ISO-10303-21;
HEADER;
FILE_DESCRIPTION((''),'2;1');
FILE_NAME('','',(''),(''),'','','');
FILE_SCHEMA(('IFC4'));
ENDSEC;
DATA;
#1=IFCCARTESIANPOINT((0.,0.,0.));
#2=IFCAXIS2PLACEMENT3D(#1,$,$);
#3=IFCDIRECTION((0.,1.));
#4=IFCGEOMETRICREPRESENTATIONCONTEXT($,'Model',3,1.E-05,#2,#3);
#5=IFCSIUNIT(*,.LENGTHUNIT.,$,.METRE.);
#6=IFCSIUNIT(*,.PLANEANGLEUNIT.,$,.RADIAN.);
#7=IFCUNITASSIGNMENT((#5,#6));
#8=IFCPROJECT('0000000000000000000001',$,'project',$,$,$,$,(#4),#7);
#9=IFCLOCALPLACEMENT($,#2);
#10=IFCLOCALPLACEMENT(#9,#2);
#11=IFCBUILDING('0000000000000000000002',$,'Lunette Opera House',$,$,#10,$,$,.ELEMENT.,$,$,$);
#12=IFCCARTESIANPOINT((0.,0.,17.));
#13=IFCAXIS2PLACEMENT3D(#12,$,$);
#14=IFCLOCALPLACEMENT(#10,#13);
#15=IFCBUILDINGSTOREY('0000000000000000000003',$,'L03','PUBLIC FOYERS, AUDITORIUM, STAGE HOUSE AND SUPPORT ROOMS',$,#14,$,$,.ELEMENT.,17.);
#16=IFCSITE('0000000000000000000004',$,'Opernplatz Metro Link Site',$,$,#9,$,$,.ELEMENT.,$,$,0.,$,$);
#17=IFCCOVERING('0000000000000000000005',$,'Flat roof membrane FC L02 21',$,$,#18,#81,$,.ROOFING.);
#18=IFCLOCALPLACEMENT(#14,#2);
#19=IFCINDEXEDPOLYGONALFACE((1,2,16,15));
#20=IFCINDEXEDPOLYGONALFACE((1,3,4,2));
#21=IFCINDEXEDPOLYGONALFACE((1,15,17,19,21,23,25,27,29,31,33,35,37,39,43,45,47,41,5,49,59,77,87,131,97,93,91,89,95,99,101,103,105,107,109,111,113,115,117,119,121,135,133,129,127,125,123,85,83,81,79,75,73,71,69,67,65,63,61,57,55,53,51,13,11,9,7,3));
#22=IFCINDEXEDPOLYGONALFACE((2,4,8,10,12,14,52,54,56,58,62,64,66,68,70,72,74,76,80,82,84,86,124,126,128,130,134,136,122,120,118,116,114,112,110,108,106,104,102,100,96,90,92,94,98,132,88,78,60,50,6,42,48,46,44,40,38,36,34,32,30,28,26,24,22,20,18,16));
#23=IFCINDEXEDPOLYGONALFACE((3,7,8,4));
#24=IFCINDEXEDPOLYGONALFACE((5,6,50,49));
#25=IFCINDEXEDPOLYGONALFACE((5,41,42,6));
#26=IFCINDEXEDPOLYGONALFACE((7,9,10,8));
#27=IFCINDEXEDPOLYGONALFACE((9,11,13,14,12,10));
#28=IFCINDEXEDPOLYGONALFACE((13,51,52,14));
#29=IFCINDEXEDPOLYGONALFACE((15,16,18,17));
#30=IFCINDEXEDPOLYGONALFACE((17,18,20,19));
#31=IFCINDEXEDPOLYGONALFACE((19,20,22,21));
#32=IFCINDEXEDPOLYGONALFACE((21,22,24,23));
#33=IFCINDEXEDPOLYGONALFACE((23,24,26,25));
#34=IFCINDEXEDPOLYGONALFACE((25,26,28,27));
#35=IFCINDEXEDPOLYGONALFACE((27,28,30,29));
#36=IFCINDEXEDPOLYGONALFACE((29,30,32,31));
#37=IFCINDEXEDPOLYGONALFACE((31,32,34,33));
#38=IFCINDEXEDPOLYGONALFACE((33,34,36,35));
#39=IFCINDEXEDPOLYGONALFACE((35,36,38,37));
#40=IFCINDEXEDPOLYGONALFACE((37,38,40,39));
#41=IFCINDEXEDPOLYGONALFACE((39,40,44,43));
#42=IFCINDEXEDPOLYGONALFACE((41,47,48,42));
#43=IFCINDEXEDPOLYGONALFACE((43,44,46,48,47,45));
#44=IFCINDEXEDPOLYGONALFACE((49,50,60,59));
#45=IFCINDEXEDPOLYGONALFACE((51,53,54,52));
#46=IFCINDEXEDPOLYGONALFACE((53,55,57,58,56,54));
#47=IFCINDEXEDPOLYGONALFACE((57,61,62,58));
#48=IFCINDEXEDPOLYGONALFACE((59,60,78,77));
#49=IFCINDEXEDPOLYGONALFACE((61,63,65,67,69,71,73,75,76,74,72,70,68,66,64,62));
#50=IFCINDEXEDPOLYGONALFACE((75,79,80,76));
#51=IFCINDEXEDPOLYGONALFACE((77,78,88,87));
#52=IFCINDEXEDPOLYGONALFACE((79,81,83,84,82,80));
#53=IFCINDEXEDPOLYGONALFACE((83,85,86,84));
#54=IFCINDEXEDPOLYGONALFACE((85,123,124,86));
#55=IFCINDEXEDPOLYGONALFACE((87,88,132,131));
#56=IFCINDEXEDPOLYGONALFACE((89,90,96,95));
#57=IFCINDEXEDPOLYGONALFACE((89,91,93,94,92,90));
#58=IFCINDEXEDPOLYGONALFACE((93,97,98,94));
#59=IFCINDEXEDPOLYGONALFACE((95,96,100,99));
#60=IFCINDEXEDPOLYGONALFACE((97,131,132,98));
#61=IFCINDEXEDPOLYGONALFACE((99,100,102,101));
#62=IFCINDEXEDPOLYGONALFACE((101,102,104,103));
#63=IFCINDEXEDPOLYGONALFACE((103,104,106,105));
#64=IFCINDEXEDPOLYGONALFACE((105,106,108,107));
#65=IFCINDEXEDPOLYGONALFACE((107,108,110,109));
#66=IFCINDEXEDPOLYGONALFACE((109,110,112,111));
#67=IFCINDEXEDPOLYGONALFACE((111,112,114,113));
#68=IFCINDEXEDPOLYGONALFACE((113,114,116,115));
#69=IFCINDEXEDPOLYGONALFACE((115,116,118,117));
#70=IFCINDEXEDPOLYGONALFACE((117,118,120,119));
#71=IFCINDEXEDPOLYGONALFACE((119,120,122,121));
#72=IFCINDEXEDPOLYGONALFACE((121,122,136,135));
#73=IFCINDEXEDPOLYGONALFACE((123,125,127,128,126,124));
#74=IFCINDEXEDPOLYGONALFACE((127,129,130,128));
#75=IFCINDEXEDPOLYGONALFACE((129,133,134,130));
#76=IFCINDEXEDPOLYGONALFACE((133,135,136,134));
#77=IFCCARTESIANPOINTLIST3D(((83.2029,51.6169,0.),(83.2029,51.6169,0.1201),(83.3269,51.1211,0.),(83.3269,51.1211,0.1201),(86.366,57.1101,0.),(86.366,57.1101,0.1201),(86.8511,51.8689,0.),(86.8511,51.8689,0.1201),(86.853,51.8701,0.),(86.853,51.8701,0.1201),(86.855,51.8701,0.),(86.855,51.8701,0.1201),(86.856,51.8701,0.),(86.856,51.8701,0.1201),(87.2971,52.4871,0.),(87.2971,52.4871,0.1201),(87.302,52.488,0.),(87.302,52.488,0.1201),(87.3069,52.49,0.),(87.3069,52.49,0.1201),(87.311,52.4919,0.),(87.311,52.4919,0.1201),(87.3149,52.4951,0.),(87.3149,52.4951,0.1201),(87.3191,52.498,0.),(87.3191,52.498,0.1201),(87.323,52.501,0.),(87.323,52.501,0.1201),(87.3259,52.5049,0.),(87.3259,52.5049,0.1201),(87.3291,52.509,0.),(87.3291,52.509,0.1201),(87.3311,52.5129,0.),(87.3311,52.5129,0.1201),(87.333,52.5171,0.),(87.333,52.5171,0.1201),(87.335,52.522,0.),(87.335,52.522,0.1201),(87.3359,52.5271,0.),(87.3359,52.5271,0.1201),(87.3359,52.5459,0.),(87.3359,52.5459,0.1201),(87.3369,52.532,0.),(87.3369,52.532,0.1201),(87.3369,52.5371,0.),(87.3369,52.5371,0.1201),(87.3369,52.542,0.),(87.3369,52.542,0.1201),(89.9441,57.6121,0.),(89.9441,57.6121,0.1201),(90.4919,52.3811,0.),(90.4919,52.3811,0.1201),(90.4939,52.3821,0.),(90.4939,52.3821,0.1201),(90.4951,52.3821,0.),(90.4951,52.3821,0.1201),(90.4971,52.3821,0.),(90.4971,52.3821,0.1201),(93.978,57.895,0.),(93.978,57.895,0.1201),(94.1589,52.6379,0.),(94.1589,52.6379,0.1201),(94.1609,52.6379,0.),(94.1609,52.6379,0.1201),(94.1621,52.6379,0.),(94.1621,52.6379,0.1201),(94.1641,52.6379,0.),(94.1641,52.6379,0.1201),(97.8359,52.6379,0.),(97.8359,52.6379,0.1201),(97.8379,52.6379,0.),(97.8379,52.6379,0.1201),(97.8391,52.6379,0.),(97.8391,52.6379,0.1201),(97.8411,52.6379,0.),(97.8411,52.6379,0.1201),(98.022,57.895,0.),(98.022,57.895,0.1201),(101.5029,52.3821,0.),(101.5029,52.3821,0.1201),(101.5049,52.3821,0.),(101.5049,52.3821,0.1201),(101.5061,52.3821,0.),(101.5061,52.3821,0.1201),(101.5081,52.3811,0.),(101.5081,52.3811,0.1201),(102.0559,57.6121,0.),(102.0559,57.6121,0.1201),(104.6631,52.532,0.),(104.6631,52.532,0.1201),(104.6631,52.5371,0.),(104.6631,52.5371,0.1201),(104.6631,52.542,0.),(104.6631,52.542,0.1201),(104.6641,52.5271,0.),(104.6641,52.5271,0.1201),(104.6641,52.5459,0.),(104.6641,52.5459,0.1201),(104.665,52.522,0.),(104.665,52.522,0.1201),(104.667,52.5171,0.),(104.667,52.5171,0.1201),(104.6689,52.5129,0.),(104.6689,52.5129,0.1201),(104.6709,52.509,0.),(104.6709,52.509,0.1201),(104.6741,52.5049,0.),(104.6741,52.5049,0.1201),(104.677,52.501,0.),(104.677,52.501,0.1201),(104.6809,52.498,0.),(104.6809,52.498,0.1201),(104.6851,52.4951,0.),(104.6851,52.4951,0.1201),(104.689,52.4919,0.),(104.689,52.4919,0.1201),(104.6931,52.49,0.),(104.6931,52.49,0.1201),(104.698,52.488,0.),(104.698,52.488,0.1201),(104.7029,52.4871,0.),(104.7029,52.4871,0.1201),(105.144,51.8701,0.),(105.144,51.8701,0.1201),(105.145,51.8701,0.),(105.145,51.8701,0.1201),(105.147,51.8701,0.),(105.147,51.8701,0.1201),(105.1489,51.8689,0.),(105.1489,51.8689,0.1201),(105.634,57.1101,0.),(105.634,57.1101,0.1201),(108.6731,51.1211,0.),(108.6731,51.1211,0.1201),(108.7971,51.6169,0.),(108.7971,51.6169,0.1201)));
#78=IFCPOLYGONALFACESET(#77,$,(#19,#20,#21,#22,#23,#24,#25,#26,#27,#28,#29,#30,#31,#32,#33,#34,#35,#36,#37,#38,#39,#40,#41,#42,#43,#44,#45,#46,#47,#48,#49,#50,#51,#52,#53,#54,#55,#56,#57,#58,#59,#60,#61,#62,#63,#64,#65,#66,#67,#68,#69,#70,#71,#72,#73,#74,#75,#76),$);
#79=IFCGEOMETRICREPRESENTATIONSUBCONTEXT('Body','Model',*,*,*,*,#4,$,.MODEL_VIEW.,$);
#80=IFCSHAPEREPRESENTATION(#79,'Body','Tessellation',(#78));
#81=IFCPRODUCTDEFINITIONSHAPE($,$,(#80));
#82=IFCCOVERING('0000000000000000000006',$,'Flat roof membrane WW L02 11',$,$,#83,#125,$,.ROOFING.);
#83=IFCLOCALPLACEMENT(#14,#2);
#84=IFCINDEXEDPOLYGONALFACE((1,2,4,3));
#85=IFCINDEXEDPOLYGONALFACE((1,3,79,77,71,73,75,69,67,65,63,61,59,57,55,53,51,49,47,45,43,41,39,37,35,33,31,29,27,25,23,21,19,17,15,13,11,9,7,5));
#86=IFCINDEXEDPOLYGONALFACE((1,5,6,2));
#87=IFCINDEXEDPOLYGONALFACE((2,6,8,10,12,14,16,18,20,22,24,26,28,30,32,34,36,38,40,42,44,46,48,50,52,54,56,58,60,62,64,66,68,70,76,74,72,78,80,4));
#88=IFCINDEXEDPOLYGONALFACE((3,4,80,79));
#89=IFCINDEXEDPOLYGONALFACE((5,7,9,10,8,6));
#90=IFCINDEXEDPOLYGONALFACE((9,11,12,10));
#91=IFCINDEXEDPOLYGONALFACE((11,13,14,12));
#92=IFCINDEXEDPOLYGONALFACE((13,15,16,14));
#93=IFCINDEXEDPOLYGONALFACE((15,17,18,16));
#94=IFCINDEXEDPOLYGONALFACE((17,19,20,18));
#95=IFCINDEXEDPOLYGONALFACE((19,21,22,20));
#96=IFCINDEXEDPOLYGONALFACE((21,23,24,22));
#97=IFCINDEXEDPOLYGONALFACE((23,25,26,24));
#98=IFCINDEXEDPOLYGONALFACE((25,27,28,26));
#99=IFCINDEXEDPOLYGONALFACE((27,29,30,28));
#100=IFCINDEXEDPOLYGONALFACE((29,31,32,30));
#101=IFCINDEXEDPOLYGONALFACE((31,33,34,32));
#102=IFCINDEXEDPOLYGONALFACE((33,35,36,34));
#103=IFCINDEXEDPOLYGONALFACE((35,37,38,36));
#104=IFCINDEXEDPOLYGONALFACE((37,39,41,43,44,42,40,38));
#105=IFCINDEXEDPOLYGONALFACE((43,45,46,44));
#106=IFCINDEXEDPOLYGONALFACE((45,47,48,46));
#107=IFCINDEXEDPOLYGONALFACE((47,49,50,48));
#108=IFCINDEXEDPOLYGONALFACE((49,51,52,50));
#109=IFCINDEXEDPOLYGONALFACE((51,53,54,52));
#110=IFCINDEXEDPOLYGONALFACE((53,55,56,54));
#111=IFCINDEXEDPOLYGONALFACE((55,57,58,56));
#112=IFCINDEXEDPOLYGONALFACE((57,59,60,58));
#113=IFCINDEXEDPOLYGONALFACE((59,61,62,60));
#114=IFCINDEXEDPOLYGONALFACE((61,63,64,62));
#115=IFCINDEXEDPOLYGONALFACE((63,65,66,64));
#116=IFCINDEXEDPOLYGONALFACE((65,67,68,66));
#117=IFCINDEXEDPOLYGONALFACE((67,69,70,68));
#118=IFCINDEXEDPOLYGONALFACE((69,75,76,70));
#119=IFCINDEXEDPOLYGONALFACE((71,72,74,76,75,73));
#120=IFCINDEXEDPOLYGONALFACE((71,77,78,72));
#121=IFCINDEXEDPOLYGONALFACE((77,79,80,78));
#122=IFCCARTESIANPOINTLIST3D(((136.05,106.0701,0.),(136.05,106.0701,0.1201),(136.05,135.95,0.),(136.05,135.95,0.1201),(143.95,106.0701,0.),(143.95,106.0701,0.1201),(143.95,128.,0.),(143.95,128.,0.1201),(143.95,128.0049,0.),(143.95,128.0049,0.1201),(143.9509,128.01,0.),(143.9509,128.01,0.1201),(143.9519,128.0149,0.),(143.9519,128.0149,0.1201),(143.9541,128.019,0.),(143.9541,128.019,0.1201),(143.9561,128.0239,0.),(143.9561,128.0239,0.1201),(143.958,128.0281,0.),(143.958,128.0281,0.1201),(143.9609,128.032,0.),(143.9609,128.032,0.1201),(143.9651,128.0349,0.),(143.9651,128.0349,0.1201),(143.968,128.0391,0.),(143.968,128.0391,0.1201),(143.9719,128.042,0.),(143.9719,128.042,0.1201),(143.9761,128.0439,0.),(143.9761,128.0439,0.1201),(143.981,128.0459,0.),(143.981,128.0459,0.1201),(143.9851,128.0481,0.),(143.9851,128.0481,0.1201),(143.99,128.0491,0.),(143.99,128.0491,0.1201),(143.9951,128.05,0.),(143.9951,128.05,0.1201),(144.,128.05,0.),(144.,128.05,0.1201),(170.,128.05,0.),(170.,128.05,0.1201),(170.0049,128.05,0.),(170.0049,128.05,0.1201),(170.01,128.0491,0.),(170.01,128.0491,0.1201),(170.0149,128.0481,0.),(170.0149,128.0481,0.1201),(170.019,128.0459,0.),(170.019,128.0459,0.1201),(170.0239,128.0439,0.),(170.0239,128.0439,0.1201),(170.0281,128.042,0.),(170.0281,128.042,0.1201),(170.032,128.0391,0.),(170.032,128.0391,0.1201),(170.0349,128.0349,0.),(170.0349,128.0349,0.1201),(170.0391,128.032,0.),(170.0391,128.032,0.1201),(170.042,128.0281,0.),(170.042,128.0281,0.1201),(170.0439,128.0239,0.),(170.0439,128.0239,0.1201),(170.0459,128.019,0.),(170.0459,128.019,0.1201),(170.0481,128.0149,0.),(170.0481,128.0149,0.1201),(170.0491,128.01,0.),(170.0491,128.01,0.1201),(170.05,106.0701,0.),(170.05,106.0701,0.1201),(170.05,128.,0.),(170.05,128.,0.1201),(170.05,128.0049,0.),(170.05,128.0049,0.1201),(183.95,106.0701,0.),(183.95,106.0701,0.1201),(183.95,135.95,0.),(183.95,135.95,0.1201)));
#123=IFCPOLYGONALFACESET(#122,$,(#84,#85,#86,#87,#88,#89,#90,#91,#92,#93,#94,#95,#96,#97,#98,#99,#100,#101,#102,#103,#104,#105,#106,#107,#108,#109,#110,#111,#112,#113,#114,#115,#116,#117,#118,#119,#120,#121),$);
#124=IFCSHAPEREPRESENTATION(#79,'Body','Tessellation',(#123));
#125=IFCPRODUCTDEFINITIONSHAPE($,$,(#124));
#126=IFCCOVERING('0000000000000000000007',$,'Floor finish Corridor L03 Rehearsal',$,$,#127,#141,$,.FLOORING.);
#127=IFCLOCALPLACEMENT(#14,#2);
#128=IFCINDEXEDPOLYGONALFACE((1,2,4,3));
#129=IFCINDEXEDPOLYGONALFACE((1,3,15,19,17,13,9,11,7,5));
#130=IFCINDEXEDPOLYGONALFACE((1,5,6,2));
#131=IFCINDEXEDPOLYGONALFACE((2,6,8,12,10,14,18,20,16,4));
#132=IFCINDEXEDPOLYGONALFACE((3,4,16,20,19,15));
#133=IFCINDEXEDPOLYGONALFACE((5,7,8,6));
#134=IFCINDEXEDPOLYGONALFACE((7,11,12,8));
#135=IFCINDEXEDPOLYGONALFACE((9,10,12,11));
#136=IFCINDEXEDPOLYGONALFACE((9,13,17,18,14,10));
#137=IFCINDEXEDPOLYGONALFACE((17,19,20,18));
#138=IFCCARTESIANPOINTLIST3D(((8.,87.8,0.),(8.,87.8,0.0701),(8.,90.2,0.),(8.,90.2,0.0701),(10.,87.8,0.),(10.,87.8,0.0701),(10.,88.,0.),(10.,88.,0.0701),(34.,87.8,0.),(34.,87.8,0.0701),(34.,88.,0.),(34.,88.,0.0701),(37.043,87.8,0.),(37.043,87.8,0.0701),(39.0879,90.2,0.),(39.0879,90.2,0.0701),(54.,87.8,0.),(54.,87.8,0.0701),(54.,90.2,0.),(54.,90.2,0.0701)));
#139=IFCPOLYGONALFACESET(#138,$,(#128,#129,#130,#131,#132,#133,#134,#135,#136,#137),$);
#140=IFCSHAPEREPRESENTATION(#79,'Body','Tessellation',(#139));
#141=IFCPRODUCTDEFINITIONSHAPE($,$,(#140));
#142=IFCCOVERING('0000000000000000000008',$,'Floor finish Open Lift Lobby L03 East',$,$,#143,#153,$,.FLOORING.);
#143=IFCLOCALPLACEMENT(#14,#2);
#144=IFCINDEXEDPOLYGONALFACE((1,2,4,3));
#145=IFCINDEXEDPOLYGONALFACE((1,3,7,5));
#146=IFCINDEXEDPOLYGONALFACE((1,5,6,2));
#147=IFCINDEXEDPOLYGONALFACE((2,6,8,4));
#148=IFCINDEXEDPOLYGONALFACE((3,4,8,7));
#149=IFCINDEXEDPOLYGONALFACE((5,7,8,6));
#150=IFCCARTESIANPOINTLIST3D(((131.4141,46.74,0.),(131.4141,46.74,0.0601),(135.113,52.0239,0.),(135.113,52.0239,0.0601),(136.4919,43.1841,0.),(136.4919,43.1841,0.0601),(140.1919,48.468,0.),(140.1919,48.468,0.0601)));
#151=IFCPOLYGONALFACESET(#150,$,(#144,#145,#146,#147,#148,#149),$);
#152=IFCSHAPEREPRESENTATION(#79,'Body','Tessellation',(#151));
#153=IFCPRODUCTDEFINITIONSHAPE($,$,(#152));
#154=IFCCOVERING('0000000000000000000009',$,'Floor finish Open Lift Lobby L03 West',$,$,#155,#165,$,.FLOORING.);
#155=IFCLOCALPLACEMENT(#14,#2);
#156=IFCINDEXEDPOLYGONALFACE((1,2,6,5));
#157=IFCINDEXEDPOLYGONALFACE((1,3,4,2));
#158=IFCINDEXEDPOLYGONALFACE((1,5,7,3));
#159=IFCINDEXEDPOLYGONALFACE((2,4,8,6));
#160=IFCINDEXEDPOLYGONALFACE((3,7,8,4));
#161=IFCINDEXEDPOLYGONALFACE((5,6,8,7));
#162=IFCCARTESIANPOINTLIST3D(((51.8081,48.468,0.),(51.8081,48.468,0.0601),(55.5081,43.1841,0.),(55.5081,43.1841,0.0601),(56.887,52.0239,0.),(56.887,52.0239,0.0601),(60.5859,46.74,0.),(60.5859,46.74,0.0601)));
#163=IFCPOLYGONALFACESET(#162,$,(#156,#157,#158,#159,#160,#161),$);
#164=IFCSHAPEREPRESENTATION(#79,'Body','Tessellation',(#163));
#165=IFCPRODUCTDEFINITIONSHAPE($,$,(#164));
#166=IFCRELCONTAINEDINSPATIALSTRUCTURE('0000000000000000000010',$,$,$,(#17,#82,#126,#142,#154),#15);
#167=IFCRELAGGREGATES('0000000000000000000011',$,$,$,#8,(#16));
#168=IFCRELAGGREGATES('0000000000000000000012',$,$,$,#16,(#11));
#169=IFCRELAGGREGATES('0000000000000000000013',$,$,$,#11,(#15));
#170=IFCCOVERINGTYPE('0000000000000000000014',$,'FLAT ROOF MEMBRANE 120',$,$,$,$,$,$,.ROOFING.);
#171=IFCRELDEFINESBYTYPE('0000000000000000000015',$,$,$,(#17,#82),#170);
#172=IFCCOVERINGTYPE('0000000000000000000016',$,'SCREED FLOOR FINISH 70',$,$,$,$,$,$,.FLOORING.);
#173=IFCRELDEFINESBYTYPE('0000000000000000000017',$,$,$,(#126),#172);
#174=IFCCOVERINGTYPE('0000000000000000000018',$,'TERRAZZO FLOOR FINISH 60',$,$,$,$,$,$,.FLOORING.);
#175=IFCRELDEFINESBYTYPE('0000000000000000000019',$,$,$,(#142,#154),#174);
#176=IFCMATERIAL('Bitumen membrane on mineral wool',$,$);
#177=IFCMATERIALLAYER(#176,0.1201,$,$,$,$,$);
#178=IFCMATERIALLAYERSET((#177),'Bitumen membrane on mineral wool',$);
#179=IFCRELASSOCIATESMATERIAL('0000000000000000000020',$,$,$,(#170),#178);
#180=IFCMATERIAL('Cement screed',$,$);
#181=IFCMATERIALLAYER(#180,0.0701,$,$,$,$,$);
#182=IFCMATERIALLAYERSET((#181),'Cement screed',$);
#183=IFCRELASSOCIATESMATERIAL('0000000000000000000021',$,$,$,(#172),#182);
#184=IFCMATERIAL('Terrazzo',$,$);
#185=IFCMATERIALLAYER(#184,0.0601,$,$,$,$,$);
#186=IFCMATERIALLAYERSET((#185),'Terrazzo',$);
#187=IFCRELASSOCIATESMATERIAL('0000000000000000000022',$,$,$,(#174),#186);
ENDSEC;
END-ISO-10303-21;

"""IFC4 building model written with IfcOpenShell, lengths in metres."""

from ifc_helpers import new_model, si_unit, direction, frame, origin, place, context, subcontext, project, spatial, polyline, outline, extrude, material, layer, layer_set, type_object, element, save


model = new_model("IFC4")

# Units and contexts
model_context = context("Model", 3, precision=1e-05, world=origin(), true_north=direction((0.0, 1.0)))
body_context = subcontext(model_context, "Body", "Model", "MODEL_VIEW")
ifc_project = project(units=[si_unit("LENGTHUNIT", "METRE"), si_unit("PLANEANGLEUNIT", "RADIAN")], contexts=[model_context])

# Site, building, storey
site_placement = place(None, origin())
site = spatial("IfcSite", under=ifc_project, at=site_placement, Name="Opernplatz Metro Link Site", CompositionType="ELEMENT", RefElevation=0.0)
building_placement = place(site_placement, origin())
building = spatial("IfcBuilding", under=site, at=building_placement, Name="Lunette Opera House", CompositionType="ELEMENT")
storey_placement = place(building_placement, frame((0.0, 0.0, 17.0)))
storey = spatial("IfcBuildingStorey", under=building, at=storey_placement, Name="L03", Description="PUBLIC FOYERS, AUDITORIUM, STAGE HOUSE AND SUPPORT ROOMS", CompositionType="ELEMENT", Elevation=17.0)

# Coverings
ifc_material_1 = material(Name="Bitumen membrane on mineral wool")
ifc_layer_1 = layer(ifc_material_1, 0.1201)
ifc_layer_set_1 = layer_set([ifc_layer_1], Name="Bitumen membrane on mineral wool")
covering_type_1 = type_object("IfcCoveringType", Name="FLAT ROOF MEMBRANE 120", PredefinedType="ROOFING", material=ifc_layer_set_1)
covering_1_placement = place(storey_placement, origin())
element("IfcCovering", 1, at=covering_1_placement, inside=storey, type_object=covering_type_1, Name="Flat roof membrane FC L02 21", PredefinedType="ROOFING", context=body_context, shape_type="SweptSolid", body=[
    extrude(outline(polyline([(108.7971, 51.6169), (108.6731, 51.1211), (105.1489, 51.8689), (105.147, 51.8701), (105.145, 51.8701), (105.144, 51.8701), (101.5081, 52.3811), (101.5061, 52.3821), (101.5049, 52.3821), (101.5029, 52.3821), (97.8411, 52.6379), (97.8391, 52.6379), (97.8379, 52.6379), (97.8359, 52.6379), (94.1641, 52.6379), (94.1621, 52.6379), (94.1609, 52.6379), (94.1589, 52.6379), (90.4971, 52.3821), (90.4951, 52.3821), (90.4939, 52.3821), (90.4919, 52.3811), (86.856, 51.8701), (86.855, 51.8701), (86.853, 51.8701), (86.8511, 51.8689), (83.3269, 51.1211), (83.2029, 51.6169), (87.2971, 52.4871), (87.302, 52.488), (87.3069, 52.49), (87.311, 52.4919), (87.3149, 52.4951), (87.3191, 52.498), (87.323, 52.501), (87.3259, 52.5049), (87.3291, 52.509), (87.3311, 52.5129), (87.333, 52.5171), (87.335, 52.522), (87.3359, 52.5271), (87.3369, 52.532), (87.3369, 52.5371), (87.3369, 52.542), (87.3359, 52.5459), (86.366, 57.1101), (89.9441, 57.6121), (93.978, 57.895), (98.022, 57.895), (102.0559, 57.6121), (105.634, 57.1101), (104.6641, 52.5459), (104.6631, 52.542), (104.6631, 52.5371), (104.6631, 52.532), (104.6641, 52.5271), (104.665, 52.522), (104.667, 52.5171), (104.6689, 52.5129), (104.6709, 52.509), (104.6741, 52.5049), (104.677, 52.501), (104.6809, 52.498), (104.6851, 52.4951), (104.689, 52.4919), (104.6931, 52.49), (104.698, 52.488), (104.7029, 52.4871), (108.7971, 51.6169)])), origin(), (0.0, 0.0, 1.0), 0.1201),
])
covering_2_placement = place(storey_placement, origin())
element("IfcCovering", 2, at=covering_2_placement, inside=storey, type_object=covering_type_1, Name="Flat roof membrane WW L02 11", PredefinedType="ROOFING", context=body_context, shape_type="SweptSolid", body=[
    extrude(outline(polyline([(136.05, 135.95), (183.95, 135.95), (183.95, 106.0701), (170.05, 106.0701), (170.05, 128.0), (170.05, 128.0049), (170.0491, 128.01), (170.0481, 128.0149), (170.0459, 128.019), (170.0439, 128.0239), (170.042, 128.0281), (170.0391, 128.032), (170.0349, 128.0349), (170.032, 128.0391), (170.0281, 128.042), (170.0239, 128.0439), (170.019, 128.0459), (170.0149, 128.0481), (170.01, 128.0491), (170.0049, 128.05), (170.0, 128.05), (144.0, 128.05), (143.9951, 128.05), (143.99, 128.0491), (143.9851, 128.0481), (143.981, 128.0459), (143.9761, 128.0439), (143.9719, 128.042), (143.968, 128.0391), (143.9651, 128.0349), (143.9609, 128.032), (143.958, 128.0281), (143.9561, 128.0239), (143.9541, 128.019), (143.9519, 128.0149), (143.9509, 128.01), (143.95, 128.0049), (143.95, 128.0), (143.95, 106.0701), (136.05, 106.0701), (136.05, 135.95)])), origin(), (0.0, 0.0, 1.0), 0.1201),
])
ifc_material_2 = material(Name="Cement screed")
ifc_layer_2 = layer(ifc_material_2, 0.0701)
ifc_layer_set_2 = layer_set([ifc_layer_2], Name="Cement screed")
covering_type_2 = type_object("IfcCoveringType", Name="SCREED FLOOR FINISH 70", PredefinedType="FLOORING", material=ifc_layer_set_2)
covering_3_placement = place(storey_placement, origin())
element("IfcCovering", 3, at=covering_3_placement, inside=storey, type_object=covering_type_2, Name="Floor finish Corridor L03 Rehearsal", PredefinedType="FLOORING", context=body_context, shape_type="SweptSolid", body=[
    extrude(outline(polyline([(54.0, 87.8), (37.043, 87.8), (34.0, 87.8), (34.0, 88.0), (10.0, 88.0), (10.0, 87.8), (8.0, 87.8), (8.0, 90.2), (39.0879, 90.2), (54.0, 90.2), (54.0, 87.8)])), origin(), (0.0, 0.0, 1.0), 0.0701),
])
ifc_material_3 = material(Name="Terrazzo")
ifc_layer_3 = layer(ifc_material_3, 0.0601)
ifc_layer_set_3 = layer_set([ifc_layer_3], Name="Terrazzo")
covering_type_3 = type_object("IfcCoveringType", Name="TERRAZZO FLOOR FINISH 60", PredefinedType="FLOORING", material=ifc_layer_set_3)
covering_4_placement = place(storey_placement, origin())
element("IfcCovering", 4, at=covering_4_placement, inside=storey, type_object=covering_type_3, Name="Floor finish Open Lift Lobby L03 East", PredefinedType="FLOORING", context=body_context, shape_type="SweptSolid", body=[
    extrude(outline(polyline([(131.4141, 46.74), (136.4919, 43.1841), (140.1919, 48.468), (135.113, 52.0239), (131.4141, 46.74)])), origin(), (0.0, 0.0, 1.0), 0.0601),
])
covering_5_placement = place(storey_placement, origin())
element("IfcCovering", 5, at=covering_5_placement, inside=storey, type_object=covering_type_3, Name="Floor finish Open Lift Lobby L03 West", PredefinedType="FLOORING", context=body_context, shape_type="SweptSolid", body=[
    extrude(outline(polyline([(60.5859, 46.74), (56.887, 52.0239), (51.8081, 48.468), (55.5081, 43.1841), (60.5859, 46.74)])), origin(), (0.0, 0.0, 1.0), 0.0601),
])

save(model, "model.ifc")
